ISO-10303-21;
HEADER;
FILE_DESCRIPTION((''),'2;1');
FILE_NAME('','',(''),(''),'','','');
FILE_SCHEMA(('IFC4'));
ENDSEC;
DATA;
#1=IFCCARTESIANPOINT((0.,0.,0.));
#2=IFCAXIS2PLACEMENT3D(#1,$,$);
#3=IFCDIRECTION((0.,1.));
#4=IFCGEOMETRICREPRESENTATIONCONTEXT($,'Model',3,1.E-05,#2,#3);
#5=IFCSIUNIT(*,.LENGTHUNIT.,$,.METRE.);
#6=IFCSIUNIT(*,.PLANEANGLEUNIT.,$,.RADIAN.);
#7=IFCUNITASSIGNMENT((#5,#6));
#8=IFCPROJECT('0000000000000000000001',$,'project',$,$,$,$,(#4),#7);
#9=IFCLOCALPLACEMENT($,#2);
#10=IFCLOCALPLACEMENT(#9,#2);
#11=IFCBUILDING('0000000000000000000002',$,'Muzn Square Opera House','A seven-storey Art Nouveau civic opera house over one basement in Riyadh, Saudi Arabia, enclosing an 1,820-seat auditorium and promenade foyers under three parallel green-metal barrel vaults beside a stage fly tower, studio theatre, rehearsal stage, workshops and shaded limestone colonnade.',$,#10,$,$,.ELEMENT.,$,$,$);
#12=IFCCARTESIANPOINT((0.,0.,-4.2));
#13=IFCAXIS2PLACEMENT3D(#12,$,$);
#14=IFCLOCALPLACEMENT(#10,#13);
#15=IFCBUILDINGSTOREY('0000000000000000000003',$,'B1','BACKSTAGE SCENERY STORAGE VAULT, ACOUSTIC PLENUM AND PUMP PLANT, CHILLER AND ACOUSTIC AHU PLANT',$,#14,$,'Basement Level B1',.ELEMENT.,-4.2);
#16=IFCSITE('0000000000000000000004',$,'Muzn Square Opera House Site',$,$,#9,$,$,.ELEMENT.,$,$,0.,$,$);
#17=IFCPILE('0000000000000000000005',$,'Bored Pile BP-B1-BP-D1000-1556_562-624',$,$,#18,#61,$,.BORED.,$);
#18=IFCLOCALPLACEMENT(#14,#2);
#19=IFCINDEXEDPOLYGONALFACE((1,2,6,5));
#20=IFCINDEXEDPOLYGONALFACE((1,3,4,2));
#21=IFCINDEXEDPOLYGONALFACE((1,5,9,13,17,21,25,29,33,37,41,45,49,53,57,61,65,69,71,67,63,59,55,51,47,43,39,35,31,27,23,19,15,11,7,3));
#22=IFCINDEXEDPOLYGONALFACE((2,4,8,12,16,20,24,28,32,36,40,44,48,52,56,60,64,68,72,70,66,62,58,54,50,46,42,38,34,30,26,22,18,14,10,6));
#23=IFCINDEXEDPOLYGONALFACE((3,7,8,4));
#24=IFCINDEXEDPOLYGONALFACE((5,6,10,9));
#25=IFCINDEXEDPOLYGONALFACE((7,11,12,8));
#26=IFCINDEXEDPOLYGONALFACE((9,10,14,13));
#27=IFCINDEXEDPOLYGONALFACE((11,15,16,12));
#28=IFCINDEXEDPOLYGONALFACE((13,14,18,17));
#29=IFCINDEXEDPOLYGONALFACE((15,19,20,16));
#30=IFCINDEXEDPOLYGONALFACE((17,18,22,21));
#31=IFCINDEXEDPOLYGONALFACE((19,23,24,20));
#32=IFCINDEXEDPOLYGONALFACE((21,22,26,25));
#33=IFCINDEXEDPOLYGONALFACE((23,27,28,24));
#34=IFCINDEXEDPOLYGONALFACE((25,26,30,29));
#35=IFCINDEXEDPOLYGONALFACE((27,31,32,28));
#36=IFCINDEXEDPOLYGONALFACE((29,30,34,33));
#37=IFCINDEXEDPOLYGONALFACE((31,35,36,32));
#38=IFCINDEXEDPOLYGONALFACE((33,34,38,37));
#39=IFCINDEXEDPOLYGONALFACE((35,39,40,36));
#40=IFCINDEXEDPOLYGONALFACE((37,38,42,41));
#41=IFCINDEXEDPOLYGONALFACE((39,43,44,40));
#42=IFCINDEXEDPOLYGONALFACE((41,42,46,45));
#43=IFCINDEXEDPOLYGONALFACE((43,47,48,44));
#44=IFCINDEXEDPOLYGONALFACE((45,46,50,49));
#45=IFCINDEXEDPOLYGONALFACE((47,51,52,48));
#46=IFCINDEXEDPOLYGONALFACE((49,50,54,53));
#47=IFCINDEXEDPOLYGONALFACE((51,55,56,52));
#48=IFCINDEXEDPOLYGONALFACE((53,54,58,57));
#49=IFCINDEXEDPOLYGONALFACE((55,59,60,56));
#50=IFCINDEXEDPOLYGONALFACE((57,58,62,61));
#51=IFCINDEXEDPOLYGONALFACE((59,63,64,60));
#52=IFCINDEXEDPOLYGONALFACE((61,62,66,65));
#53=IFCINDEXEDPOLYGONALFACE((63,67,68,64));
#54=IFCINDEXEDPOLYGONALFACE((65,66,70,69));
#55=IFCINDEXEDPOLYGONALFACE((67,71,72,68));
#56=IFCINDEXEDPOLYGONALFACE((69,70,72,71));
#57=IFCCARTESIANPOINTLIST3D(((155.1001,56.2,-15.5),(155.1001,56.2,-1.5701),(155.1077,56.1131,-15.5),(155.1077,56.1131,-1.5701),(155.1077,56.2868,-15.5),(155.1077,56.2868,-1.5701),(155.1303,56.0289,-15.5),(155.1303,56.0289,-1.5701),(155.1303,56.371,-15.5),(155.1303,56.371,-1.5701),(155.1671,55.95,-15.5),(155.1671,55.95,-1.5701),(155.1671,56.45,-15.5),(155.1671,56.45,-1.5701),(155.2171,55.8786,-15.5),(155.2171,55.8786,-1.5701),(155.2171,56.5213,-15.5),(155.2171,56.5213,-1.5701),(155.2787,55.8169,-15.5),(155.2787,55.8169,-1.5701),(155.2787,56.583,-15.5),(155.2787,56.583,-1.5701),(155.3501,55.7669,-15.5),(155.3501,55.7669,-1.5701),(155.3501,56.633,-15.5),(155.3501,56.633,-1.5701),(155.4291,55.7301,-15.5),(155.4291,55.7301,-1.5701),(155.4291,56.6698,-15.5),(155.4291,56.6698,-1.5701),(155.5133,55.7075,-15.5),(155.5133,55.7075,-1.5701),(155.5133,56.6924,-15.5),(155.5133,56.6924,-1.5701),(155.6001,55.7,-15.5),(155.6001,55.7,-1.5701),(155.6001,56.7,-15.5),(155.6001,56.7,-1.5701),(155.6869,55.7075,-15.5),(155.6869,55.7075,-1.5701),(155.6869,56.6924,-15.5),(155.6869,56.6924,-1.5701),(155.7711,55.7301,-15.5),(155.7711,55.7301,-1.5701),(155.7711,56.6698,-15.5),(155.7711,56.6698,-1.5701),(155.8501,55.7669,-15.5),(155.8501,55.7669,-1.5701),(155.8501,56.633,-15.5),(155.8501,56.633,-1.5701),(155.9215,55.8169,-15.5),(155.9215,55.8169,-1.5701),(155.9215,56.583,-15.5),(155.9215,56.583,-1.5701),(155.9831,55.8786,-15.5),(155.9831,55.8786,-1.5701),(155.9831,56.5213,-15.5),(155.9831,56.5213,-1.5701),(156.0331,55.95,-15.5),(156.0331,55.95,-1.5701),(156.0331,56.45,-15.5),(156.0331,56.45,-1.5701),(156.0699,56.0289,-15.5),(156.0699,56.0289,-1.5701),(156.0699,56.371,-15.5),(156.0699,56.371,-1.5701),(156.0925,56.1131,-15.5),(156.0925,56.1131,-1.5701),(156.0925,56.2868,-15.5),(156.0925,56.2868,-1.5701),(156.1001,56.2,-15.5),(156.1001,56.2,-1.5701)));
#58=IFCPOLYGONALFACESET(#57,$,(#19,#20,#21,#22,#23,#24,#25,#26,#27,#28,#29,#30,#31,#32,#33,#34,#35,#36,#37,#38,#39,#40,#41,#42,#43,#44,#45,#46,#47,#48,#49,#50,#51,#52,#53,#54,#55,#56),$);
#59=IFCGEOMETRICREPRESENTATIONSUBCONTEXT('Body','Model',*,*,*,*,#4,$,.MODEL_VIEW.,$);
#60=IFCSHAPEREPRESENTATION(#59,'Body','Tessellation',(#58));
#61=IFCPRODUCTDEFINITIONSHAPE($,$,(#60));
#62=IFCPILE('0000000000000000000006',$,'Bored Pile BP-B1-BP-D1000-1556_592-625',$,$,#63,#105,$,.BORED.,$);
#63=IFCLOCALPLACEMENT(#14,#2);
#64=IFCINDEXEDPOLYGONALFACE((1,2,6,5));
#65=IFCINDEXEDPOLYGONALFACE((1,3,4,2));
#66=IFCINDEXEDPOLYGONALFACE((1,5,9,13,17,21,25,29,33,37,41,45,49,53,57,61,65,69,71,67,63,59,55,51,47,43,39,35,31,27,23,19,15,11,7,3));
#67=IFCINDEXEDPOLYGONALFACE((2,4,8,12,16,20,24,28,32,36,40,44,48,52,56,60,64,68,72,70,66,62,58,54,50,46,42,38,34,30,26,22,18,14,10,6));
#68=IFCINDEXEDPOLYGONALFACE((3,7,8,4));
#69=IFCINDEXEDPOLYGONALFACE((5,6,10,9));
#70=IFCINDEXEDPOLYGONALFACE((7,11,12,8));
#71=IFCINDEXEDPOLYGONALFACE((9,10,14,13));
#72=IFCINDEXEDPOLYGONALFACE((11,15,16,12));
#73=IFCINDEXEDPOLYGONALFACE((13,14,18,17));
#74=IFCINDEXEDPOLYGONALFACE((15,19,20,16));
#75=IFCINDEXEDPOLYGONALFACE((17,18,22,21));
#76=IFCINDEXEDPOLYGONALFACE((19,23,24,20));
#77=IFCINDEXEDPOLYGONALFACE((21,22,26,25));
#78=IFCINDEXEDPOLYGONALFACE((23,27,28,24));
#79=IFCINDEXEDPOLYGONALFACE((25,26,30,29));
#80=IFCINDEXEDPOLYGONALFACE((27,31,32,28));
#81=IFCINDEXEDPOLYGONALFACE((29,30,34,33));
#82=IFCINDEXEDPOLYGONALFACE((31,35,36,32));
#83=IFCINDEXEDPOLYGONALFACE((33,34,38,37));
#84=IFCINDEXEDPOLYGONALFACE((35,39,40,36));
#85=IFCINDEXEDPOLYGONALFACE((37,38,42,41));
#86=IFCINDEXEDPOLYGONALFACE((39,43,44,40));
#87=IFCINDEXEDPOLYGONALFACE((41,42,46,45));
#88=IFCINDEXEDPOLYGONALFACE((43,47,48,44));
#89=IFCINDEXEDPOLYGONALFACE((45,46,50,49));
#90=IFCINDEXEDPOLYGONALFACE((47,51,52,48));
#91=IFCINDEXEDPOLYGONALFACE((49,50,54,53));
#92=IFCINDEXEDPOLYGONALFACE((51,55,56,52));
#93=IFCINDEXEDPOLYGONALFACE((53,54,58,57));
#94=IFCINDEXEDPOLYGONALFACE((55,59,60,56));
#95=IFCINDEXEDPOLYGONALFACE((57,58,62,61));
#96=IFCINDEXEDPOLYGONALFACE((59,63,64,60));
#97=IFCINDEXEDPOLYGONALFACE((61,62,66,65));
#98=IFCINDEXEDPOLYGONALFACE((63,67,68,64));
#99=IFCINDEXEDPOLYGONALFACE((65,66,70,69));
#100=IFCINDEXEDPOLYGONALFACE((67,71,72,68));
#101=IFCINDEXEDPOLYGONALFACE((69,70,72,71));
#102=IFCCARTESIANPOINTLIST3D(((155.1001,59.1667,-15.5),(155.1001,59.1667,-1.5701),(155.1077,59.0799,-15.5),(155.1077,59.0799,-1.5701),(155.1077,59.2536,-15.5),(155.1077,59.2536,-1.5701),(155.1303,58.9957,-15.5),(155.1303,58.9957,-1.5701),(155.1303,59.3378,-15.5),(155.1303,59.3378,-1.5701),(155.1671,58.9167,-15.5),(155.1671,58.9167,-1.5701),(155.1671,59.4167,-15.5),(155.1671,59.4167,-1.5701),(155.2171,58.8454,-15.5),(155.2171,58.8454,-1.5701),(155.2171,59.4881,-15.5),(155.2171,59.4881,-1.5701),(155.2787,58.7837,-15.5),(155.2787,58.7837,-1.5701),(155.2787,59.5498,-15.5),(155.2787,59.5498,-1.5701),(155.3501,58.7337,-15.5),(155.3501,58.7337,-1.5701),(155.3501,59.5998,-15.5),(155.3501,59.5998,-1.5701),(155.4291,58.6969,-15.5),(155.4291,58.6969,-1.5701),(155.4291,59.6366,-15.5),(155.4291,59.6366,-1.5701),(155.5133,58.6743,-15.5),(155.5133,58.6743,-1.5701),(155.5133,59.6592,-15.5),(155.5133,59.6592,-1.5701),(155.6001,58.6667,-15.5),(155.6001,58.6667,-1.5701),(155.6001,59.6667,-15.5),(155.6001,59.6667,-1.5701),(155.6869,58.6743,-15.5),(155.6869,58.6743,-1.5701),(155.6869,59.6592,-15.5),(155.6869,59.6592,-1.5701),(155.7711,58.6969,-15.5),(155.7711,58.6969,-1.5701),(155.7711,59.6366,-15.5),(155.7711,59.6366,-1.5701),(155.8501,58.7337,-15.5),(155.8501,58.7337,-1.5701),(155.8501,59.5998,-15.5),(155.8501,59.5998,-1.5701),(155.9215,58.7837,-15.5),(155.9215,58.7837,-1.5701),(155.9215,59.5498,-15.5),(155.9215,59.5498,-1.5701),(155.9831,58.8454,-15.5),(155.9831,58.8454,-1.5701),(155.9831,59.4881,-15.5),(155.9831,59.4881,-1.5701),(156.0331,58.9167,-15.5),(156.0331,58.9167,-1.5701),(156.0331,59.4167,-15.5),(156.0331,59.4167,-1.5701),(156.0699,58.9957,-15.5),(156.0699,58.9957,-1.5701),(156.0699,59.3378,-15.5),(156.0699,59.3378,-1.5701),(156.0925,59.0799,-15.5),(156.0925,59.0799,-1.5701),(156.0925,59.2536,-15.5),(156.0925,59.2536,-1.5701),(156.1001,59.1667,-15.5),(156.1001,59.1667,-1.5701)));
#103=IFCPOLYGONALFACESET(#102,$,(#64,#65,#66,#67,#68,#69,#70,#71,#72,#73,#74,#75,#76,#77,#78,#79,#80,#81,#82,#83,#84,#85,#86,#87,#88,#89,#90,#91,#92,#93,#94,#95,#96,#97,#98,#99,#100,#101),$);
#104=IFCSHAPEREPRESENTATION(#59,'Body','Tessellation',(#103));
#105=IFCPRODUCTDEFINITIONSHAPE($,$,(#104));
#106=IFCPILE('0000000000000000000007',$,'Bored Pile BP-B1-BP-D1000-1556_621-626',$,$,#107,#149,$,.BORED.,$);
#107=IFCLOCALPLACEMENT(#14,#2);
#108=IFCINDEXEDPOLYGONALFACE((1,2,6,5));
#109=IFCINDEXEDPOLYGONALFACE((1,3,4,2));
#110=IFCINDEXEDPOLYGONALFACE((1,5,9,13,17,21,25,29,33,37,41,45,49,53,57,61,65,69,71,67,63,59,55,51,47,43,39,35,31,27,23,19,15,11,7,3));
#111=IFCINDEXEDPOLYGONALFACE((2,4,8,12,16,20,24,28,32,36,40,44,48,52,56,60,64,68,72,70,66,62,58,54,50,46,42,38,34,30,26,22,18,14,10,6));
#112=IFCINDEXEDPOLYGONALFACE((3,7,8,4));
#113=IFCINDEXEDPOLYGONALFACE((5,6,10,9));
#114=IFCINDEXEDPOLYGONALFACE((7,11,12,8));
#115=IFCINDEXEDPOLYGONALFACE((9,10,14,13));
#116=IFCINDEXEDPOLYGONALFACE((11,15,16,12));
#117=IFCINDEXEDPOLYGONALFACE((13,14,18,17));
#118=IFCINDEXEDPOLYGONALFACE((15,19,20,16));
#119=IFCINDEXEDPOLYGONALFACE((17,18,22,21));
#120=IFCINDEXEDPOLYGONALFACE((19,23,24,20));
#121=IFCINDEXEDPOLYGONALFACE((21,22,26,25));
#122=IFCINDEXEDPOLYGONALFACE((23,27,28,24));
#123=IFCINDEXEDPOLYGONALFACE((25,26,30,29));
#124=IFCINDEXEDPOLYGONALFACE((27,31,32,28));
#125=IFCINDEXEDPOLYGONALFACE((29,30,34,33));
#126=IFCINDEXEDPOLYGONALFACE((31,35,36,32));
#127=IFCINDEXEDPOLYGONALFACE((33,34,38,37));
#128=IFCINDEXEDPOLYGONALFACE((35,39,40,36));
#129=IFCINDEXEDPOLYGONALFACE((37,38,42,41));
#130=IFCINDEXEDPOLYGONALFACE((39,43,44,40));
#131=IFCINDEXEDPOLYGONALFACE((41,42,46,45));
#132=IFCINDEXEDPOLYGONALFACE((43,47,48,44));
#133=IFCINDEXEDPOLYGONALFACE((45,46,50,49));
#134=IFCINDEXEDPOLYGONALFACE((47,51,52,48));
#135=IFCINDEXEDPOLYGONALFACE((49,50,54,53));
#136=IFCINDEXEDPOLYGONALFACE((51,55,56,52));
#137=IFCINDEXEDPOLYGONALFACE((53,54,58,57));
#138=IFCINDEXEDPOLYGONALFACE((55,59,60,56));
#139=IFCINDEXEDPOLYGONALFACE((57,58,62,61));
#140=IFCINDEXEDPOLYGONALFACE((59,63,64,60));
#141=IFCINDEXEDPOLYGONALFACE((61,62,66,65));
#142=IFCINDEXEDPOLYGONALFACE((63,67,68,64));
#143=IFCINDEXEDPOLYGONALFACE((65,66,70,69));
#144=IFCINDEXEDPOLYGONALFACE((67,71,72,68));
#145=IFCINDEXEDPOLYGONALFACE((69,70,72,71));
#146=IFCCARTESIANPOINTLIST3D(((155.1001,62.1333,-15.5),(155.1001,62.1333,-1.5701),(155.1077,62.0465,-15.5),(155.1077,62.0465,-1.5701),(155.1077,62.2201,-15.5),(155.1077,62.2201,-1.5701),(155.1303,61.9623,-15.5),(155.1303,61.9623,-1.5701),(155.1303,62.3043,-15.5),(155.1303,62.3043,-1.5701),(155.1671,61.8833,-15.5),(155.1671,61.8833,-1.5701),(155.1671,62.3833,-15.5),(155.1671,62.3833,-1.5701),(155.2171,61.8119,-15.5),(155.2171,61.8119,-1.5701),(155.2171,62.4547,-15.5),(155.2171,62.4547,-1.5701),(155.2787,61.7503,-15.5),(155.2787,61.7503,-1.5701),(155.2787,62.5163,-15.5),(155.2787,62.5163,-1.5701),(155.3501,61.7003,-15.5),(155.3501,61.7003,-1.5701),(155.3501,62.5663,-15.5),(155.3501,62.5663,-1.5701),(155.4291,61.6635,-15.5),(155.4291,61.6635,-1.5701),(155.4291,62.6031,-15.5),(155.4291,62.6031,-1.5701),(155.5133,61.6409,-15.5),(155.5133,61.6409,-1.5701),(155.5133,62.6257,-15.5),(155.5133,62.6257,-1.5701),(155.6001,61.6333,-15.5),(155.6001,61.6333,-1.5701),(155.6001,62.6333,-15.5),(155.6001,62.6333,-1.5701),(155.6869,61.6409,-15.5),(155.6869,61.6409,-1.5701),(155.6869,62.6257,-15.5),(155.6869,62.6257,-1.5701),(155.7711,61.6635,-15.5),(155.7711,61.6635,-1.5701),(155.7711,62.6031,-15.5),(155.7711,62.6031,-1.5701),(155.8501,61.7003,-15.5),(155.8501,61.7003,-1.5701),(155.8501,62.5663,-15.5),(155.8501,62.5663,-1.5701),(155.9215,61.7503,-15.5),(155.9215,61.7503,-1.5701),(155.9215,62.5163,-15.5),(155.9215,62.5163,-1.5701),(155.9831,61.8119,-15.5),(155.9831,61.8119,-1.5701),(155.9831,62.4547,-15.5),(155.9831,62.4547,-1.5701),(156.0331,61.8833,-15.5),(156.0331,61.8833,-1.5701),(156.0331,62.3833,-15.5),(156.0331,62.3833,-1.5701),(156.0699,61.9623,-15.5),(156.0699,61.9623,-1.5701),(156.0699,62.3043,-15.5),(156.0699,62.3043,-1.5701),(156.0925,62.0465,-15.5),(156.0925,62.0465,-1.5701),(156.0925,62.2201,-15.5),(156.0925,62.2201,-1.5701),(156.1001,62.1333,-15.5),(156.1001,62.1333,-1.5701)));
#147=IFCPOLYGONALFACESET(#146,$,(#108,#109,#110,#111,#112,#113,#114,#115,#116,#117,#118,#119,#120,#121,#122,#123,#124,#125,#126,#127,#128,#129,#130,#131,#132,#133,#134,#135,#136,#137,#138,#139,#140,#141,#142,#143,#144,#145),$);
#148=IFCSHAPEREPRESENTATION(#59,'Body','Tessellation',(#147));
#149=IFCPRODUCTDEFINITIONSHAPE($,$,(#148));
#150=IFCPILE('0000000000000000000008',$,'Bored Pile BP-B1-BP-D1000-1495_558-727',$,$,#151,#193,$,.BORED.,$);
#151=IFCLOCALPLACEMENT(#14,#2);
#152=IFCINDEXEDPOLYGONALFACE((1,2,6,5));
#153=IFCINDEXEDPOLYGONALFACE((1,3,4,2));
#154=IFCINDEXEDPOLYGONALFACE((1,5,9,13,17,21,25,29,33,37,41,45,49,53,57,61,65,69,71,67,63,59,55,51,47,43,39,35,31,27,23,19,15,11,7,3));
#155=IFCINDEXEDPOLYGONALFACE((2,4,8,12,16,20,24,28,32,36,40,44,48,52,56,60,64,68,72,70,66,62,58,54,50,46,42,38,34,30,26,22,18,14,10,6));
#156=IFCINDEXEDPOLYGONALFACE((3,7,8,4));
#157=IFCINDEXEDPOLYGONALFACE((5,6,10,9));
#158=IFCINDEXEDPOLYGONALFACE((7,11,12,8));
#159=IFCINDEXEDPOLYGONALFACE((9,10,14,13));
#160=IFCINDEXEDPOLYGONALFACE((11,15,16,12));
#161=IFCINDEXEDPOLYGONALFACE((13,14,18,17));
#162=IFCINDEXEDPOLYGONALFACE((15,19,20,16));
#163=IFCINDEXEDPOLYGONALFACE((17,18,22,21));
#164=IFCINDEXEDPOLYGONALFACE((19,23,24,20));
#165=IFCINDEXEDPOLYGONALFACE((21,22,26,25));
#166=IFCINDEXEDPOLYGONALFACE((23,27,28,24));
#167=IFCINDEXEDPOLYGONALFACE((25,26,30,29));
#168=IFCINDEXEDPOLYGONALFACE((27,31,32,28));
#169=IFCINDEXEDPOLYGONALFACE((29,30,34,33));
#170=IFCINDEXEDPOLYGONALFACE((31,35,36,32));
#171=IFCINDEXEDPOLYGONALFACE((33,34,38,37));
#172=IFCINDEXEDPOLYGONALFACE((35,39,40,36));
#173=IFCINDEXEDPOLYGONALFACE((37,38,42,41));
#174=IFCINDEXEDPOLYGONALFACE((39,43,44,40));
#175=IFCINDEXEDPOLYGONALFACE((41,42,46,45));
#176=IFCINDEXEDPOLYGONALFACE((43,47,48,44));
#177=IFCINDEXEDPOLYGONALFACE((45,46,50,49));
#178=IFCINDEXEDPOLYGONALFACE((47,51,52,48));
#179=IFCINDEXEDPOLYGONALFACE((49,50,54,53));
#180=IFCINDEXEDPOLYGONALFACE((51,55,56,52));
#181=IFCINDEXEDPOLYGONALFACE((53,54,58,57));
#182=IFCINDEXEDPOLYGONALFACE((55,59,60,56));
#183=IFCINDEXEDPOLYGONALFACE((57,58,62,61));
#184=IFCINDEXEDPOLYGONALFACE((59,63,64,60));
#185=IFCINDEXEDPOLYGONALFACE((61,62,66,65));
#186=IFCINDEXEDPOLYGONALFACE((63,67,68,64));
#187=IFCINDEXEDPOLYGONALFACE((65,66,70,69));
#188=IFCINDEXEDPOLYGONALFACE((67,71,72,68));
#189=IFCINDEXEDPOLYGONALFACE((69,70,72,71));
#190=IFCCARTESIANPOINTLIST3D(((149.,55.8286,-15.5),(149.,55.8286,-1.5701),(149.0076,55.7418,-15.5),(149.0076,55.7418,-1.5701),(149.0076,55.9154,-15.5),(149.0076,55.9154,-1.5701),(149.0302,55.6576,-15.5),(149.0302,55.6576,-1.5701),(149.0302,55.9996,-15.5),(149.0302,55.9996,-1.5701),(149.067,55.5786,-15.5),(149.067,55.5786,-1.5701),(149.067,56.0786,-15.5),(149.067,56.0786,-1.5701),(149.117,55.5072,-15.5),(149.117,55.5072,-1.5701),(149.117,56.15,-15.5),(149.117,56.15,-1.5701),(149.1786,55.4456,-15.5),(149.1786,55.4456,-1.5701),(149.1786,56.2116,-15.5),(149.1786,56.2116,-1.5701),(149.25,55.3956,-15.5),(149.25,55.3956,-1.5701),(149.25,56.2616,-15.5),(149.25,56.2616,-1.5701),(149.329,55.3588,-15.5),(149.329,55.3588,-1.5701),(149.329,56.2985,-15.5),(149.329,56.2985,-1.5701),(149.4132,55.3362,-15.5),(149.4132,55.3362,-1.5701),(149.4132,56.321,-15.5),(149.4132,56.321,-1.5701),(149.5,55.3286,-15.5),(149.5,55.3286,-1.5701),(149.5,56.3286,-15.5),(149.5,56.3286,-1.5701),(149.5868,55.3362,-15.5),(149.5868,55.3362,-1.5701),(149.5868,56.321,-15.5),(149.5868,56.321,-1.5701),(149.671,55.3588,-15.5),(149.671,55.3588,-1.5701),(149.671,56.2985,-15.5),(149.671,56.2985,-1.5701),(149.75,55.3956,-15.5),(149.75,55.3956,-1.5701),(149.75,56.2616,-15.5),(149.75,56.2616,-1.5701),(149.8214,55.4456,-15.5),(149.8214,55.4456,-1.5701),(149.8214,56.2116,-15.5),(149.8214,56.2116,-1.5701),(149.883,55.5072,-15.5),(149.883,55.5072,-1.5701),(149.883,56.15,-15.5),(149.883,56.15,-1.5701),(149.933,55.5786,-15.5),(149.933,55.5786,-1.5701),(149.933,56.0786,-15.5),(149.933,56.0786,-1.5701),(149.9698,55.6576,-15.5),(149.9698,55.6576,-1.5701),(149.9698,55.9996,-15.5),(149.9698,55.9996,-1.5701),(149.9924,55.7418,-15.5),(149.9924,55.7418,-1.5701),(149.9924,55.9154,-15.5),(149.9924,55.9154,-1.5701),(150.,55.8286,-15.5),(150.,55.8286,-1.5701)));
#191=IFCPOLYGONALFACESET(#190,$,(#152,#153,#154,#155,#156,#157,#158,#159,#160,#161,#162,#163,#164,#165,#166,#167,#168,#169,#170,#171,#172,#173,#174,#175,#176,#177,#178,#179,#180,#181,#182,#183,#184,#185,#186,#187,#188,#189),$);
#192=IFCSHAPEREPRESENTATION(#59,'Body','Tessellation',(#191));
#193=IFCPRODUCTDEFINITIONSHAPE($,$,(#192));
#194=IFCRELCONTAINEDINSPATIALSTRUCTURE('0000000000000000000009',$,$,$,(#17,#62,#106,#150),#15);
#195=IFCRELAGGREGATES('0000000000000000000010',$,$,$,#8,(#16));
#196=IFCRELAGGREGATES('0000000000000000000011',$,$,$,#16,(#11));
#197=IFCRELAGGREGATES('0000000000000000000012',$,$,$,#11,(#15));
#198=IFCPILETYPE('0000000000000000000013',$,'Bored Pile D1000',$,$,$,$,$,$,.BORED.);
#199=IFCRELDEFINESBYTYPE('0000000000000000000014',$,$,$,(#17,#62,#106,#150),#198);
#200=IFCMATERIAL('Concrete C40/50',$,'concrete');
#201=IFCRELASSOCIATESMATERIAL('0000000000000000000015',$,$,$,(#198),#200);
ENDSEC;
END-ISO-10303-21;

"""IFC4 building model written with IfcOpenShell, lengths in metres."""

from ifc_helpers import new_model, si_unit, direction, frame, origin, origin_2d, place, context, subcontext, project, spatial, circle, extrude, material, material_profile, profile_set, type_object, element, save


model = new_model("IFC4")

# Units and contexts
model_context = context("Model", 3, precision=1e-05, world=origin(), true_north=direction((0.0, 1.0)))
body_context = subcontext(model_context, "Body", "Model", "MODEL_VIEW")
ifc_project = project(units=[si_unit("LENGTHUNIT", "METRE"), si_unit("PLANEANGLEUNIT", "RADIAN")], contexts=[model_context])

# Site, building, storey
site_placement = place(None, origin())
site = spatial("IfcSite", under=ifc_project, at=site_placement, Name="Muzn Square Opera House Site", CompositionType="ELEMENT", RefElevation=0.0)
building_placement = place(site_placement, origin())
building = spatial("IfcBuilding", under=site, at=building_placement, Name="Muzn Square Opera House", Description="A seven-storey Art Nouveau civic opera house over one basement in Riyadh, Saudi Arabia, enclosing an 1,820-seat auditorium and promenade foyers under three parallel green-metal barrel vaults beside a stage fly tower, studio theatre, rehearsal stage, workshops and shaded limestone colonnade.", CompositionType="ELEMENT")
storey_placement = place(building_placement, frame((0.0, 0.0, -4.2)))
storey = spatial("IfcBuildingStorey", under=building, at=storey_placement, Name="B1", Description="BACKSTAGE SCENERY STORAGE VAULT, ACOUSTIC PLENUM AND PUMP PLANT, CHILLER AND ACOUSTIC AHU PLANT", LongName="Basement Level B1", CompositionType="ELEMENT", Elevation=-4.2)

# Piles
ifc_material_1 = material(Name="Concrete C40/50", Category="concrete")
ifc_material_profile_1 = material_profile(ifc_material_1, circle(Radius=0.5, at=origin_2d()), Name="BORED PILE D1000", Category="concrete")
ifc_profile_set_1 = profile_set([ifc_material_profile_1], Name="Concrete C40/50")
pile_type = type_object("IfcPileType", Name="Bored Pile D1000", PredefinedType="BORED", material=ifc_profile_set_1)
for number, where, z_axis, x_axis, name in (
    (1, (155.6001, 56.2, -1.5701), (0.0, 0.0, -1.0), (1.0, 0.0, 0.0), "Bored Pile BP-B1-BP-D1000-1556_562-624"),
    (2, (155.6001, 59.1667, -1.5701), (0.0, 0.0, -1.0), (1.0, 0.0, 0.0), "Bored Pile BP-B1-BP-D1000-1556_592-625"),
    (3, (155.6001, 62.1333, -1.5701), (0.0, 0.0, -1.0), (1.0, 0.0, 0.0), "Bored Pile BP-B1-BP-D1000-1556_621-626"),
    (4, (149.5, 55.8286, -1.5701), (0.0, 0.0, -1.0), (1.0, 0.0, 0.0), "Bored Pile BP-B1-BP-D1000-1495_558-727"),
):
    element("IfcPile", number, at=place(storey_placement, frame(where, z_axis=z_axis, x_axis=x_axis)), inside=storey, type_object=pile_type, Name=name, PredefinedType="BORED", context=body_context, shape_type="SweptSolid", body=[
        extrude(circle(Radius=0.5, at=origin_2d()), origin(), (0.0, 0.0, 1.0), 13.9299),
    ])

save(model, "model.ifc")
